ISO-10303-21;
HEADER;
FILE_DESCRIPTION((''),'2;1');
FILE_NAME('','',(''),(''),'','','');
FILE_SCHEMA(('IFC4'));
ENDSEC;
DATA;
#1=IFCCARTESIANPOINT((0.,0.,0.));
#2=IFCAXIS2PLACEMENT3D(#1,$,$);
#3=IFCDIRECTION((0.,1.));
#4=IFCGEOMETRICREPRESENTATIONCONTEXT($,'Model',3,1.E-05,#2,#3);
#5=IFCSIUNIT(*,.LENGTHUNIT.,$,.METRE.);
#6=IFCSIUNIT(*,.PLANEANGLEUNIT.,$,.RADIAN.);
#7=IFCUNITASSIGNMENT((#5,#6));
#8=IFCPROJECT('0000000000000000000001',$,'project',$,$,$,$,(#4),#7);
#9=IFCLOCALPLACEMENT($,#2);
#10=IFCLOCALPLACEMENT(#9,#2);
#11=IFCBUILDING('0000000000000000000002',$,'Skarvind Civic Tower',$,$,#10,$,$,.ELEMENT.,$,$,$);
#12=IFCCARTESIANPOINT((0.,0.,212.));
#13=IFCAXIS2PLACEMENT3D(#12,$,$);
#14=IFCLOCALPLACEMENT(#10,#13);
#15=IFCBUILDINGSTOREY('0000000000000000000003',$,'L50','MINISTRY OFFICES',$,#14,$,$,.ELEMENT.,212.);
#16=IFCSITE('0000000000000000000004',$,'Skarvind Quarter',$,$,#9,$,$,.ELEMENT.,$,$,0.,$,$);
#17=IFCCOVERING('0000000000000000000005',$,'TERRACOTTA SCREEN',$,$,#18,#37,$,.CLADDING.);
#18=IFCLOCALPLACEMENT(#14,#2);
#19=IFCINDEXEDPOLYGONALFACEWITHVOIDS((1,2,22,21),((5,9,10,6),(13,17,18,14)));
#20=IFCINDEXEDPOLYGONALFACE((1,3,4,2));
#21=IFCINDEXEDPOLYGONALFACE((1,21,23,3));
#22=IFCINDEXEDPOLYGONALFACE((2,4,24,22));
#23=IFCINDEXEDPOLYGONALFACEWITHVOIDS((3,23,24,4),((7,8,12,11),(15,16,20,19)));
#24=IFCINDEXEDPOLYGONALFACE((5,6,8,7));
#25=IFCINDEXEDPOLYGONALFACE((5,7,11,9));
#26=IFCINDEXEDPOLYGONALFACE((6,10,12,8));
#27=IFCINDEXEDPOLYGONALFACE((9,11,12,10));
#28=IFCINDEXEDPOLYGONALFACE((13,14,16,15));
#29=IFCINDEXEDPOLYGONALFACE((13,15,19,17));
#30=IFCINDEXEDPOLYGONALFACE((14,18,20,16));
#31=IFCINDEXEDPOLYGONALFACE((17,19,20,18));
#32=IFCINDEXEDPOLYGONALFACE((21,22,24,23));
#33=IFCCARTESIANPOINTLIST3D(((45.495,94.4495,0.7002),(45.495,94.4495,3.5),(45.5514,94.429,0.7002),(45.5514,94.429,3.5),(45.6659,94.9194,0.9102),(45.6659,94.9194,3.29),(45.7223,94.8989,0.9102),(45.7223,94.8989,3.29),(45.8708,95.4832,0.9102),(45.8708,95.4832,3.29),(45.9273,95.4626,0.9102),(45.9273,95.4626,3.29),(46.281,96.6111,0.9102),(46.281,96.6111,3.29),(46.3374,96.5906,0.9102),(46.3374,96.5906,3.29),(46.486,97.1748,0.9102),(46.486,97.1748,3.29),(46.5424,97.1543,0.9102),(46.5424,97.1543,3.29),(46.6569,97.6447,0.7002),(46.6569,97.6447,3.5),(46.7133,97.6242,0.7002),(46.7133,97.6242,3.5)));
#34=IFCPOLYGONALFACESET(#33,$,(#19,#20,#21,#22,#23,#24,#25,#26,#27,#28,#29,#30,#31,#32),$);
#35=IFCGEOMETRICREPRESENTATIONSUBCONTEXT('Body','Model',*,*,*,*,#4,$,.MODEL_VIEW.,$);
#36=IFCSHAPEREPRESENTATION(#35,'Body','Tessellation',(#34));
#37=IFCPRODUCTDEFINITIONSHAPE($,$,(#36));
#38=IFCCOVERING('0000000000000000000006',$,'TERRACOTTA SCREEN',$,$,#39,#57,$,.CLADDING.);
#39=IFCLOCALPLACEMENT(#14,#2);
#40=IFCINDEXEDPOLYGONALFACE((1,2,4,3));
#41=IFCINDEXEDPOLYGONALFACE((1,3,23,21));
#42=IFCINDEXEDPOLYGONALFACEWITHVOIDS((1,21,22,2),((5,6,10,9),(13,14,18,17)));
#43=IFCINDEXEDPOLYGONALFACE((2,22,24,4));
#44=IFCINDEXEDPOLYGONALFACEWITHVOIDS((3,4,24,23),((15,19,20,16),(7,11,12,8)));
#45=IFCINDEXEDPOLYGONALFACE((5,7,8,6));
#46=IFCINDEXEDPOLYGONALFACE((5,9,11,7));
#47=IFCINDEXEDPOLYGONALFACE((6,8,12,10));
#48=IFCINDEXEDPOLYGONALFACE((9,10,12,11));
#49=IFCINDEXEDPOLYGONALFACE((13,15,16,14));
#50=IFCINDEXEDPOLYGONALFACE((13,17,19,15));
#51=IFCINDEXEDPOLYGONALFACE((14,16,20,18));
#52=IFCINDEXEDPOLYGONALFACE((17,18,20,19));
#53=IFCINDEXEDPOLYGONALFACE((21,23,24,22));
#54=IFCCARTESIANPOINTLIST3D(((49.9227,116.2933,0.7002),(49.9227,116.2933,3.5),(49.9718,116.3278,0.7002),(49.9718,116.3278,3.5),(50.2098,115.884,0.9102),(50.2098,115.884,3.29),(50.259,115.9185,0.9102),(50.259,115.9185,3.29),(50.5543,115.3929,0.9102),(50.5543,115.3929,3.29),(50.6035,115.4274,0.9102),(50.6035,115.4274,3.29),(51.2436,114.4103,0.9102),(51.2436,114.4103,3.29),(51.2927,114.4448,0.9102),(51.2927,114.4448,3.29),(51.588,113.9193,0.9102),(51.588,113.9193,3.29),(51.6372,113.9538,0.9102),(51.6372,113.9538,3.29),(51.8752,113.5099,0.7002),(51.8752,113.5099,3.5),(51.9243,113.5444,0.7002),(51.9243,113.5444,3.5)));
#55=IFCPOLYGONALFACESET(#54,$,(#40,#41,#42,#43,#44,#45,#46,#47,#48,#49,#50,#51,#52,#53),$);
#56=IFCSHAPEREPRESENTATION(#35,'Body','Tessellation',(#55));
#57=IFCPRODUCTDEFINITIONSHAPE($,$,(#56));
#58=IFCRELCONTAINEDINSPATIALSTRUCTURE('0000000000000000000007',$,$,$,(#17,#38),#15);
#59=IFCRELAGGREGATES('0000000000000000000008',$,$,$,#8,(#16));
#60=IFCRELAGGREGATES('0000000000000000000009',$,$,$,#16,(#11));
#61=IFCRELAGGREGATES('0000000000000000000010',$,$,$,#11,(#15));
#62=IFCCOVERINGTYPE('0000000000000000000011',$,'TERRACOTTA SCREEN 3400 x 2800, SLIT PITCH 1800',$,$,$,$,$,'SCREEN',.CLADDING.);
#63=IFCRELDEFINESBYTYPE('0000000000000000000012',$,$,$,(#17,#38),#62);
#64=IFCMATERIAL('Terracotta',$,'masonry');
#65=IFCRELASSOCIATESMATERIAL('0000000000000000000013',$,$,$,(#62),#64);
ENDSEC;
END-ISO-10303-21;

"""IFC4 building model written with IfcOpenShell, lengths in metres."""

from ifc_helpers import new_model, si_unit, direction, frame, origin, place, context, subcontext, project, spatial, polyline, outline, extrude, material, material_profile, profile_set, type_object, element, save


model = new_model("IFC4")

# Units and contexts
model_context = context("Model", 3, precision=1e-05, world=origin(), true_north=direction((0.0, 1.0)))
body_context = subcontext(model_context, "Body", "Model", "MODEL_VIEW")
ifc_project = project(units=[si_unit("LENGTHUNIT", "METRE"), si_unit("PLANEANGLEUNIT", "RADIAN")], contexts=[model_context])

# Site, building, storey
site_placement = place(None, origin())
site = spatial("IfcSite", under=ifc_project, at=site_placement, Name="Skarvind Quarter", CompositionType="ELEMENT", RefElevation=0.0)
building_placement = place(site_placement, origin())
building = spatial("IfcBuilding", under=site, at=building_placement, Name="Skarvind Civic Tower", CompositionType="ELEMENT")
storey_placement = place(building_placement, frame((0.0, 0.0, 212.0)))
storey = spatial("IfcBuildingStorey", under=building, at=storey_placement, Name="L50", Description="MINISTRY OFFICES", CompositionType="ELEMENT", Elevation=212.0)

# Coverings
ifc_material_1 = material(Name="Terracotta", Category="masonry")
ifc_material_profile_1 = material_profile(ifc_material_1, outline(polyline([(-1.7, -1.3999), (1.7, -1.3999), (1.7, 1.3999), (-1.7, 1.3999), (-1.7, -1.3999)]), holes=[polyline([(-1.2, -1.1899), (-0.6001, -1.1899), (-0.6001, 1.1899), (-1.2, 1.1899), (-1.2, -1.1899)]), polyline([(0.6001, -1.1899), (1.2, -1.1899), (1.2, 1.1899), (0.6001, 1.1899), (0.6001, -1.1899)])]), Name="TERRACOTTA SCREEN 3400 x 2800, SLIT PITCH 1800")
ifc_profile_set_1 = profile_set([ifc_material_profile_1], Name="Terracotta")
covering_type = type_object("IfcCoveringType", Name="TERRACOTTA SCREEN 3400 x 2800, SLIT PITCH 1800", ElementType="SCREEN", PredefinedType="CLADDING", material=ifc_profile_set_1)
for number, where, z_axis, x_axis, name in (
    (1, (46.0759, 96.0471, 2.1001), (0.939793, -0.341743, 0.0), (0.341743, 0.939793, 0.0), "TERRACOTTA SCREEN"),
    (2, (50.8989, 114.9016, 2.1001), (0.818657, 0.574282, 0.0), (-0.574282, 0.818657, 0.0), "TERRACOTTA SCREEN"),
):
    element("IfcCovering", number, at=place(storey_placement, frame(where, z_axis=z_axis, x_axis=x_axis)), inside=storey, type_object=covering_type, Name=name, PredefinedType="CLADDING", context=body_context, shape_type="SweptSolid", body=[
        extrude(outline(polyline([(-1.7, -1.3999), (1.7, -1.3999), (1.7, 1.3999), (-1.7, 1.3999), (-1.7, -1.3999)]), holes=[polyline([(-1.2, -1.1899), (-0.6001, -1.1899), (-0.6001, 1.1899), (-1.2, 1.1899), (-1.2, -1.1899)]), polyline([(0.6001, -1.1899), (1.2, -1.1899), (1.2, 1.1899), (0.6001, 1.1899), (0.6001, -1.1899)])]), origin(), (0.0, 0.0, 1.0), 0.0601),
    ])

save(model, "model.ifc")
